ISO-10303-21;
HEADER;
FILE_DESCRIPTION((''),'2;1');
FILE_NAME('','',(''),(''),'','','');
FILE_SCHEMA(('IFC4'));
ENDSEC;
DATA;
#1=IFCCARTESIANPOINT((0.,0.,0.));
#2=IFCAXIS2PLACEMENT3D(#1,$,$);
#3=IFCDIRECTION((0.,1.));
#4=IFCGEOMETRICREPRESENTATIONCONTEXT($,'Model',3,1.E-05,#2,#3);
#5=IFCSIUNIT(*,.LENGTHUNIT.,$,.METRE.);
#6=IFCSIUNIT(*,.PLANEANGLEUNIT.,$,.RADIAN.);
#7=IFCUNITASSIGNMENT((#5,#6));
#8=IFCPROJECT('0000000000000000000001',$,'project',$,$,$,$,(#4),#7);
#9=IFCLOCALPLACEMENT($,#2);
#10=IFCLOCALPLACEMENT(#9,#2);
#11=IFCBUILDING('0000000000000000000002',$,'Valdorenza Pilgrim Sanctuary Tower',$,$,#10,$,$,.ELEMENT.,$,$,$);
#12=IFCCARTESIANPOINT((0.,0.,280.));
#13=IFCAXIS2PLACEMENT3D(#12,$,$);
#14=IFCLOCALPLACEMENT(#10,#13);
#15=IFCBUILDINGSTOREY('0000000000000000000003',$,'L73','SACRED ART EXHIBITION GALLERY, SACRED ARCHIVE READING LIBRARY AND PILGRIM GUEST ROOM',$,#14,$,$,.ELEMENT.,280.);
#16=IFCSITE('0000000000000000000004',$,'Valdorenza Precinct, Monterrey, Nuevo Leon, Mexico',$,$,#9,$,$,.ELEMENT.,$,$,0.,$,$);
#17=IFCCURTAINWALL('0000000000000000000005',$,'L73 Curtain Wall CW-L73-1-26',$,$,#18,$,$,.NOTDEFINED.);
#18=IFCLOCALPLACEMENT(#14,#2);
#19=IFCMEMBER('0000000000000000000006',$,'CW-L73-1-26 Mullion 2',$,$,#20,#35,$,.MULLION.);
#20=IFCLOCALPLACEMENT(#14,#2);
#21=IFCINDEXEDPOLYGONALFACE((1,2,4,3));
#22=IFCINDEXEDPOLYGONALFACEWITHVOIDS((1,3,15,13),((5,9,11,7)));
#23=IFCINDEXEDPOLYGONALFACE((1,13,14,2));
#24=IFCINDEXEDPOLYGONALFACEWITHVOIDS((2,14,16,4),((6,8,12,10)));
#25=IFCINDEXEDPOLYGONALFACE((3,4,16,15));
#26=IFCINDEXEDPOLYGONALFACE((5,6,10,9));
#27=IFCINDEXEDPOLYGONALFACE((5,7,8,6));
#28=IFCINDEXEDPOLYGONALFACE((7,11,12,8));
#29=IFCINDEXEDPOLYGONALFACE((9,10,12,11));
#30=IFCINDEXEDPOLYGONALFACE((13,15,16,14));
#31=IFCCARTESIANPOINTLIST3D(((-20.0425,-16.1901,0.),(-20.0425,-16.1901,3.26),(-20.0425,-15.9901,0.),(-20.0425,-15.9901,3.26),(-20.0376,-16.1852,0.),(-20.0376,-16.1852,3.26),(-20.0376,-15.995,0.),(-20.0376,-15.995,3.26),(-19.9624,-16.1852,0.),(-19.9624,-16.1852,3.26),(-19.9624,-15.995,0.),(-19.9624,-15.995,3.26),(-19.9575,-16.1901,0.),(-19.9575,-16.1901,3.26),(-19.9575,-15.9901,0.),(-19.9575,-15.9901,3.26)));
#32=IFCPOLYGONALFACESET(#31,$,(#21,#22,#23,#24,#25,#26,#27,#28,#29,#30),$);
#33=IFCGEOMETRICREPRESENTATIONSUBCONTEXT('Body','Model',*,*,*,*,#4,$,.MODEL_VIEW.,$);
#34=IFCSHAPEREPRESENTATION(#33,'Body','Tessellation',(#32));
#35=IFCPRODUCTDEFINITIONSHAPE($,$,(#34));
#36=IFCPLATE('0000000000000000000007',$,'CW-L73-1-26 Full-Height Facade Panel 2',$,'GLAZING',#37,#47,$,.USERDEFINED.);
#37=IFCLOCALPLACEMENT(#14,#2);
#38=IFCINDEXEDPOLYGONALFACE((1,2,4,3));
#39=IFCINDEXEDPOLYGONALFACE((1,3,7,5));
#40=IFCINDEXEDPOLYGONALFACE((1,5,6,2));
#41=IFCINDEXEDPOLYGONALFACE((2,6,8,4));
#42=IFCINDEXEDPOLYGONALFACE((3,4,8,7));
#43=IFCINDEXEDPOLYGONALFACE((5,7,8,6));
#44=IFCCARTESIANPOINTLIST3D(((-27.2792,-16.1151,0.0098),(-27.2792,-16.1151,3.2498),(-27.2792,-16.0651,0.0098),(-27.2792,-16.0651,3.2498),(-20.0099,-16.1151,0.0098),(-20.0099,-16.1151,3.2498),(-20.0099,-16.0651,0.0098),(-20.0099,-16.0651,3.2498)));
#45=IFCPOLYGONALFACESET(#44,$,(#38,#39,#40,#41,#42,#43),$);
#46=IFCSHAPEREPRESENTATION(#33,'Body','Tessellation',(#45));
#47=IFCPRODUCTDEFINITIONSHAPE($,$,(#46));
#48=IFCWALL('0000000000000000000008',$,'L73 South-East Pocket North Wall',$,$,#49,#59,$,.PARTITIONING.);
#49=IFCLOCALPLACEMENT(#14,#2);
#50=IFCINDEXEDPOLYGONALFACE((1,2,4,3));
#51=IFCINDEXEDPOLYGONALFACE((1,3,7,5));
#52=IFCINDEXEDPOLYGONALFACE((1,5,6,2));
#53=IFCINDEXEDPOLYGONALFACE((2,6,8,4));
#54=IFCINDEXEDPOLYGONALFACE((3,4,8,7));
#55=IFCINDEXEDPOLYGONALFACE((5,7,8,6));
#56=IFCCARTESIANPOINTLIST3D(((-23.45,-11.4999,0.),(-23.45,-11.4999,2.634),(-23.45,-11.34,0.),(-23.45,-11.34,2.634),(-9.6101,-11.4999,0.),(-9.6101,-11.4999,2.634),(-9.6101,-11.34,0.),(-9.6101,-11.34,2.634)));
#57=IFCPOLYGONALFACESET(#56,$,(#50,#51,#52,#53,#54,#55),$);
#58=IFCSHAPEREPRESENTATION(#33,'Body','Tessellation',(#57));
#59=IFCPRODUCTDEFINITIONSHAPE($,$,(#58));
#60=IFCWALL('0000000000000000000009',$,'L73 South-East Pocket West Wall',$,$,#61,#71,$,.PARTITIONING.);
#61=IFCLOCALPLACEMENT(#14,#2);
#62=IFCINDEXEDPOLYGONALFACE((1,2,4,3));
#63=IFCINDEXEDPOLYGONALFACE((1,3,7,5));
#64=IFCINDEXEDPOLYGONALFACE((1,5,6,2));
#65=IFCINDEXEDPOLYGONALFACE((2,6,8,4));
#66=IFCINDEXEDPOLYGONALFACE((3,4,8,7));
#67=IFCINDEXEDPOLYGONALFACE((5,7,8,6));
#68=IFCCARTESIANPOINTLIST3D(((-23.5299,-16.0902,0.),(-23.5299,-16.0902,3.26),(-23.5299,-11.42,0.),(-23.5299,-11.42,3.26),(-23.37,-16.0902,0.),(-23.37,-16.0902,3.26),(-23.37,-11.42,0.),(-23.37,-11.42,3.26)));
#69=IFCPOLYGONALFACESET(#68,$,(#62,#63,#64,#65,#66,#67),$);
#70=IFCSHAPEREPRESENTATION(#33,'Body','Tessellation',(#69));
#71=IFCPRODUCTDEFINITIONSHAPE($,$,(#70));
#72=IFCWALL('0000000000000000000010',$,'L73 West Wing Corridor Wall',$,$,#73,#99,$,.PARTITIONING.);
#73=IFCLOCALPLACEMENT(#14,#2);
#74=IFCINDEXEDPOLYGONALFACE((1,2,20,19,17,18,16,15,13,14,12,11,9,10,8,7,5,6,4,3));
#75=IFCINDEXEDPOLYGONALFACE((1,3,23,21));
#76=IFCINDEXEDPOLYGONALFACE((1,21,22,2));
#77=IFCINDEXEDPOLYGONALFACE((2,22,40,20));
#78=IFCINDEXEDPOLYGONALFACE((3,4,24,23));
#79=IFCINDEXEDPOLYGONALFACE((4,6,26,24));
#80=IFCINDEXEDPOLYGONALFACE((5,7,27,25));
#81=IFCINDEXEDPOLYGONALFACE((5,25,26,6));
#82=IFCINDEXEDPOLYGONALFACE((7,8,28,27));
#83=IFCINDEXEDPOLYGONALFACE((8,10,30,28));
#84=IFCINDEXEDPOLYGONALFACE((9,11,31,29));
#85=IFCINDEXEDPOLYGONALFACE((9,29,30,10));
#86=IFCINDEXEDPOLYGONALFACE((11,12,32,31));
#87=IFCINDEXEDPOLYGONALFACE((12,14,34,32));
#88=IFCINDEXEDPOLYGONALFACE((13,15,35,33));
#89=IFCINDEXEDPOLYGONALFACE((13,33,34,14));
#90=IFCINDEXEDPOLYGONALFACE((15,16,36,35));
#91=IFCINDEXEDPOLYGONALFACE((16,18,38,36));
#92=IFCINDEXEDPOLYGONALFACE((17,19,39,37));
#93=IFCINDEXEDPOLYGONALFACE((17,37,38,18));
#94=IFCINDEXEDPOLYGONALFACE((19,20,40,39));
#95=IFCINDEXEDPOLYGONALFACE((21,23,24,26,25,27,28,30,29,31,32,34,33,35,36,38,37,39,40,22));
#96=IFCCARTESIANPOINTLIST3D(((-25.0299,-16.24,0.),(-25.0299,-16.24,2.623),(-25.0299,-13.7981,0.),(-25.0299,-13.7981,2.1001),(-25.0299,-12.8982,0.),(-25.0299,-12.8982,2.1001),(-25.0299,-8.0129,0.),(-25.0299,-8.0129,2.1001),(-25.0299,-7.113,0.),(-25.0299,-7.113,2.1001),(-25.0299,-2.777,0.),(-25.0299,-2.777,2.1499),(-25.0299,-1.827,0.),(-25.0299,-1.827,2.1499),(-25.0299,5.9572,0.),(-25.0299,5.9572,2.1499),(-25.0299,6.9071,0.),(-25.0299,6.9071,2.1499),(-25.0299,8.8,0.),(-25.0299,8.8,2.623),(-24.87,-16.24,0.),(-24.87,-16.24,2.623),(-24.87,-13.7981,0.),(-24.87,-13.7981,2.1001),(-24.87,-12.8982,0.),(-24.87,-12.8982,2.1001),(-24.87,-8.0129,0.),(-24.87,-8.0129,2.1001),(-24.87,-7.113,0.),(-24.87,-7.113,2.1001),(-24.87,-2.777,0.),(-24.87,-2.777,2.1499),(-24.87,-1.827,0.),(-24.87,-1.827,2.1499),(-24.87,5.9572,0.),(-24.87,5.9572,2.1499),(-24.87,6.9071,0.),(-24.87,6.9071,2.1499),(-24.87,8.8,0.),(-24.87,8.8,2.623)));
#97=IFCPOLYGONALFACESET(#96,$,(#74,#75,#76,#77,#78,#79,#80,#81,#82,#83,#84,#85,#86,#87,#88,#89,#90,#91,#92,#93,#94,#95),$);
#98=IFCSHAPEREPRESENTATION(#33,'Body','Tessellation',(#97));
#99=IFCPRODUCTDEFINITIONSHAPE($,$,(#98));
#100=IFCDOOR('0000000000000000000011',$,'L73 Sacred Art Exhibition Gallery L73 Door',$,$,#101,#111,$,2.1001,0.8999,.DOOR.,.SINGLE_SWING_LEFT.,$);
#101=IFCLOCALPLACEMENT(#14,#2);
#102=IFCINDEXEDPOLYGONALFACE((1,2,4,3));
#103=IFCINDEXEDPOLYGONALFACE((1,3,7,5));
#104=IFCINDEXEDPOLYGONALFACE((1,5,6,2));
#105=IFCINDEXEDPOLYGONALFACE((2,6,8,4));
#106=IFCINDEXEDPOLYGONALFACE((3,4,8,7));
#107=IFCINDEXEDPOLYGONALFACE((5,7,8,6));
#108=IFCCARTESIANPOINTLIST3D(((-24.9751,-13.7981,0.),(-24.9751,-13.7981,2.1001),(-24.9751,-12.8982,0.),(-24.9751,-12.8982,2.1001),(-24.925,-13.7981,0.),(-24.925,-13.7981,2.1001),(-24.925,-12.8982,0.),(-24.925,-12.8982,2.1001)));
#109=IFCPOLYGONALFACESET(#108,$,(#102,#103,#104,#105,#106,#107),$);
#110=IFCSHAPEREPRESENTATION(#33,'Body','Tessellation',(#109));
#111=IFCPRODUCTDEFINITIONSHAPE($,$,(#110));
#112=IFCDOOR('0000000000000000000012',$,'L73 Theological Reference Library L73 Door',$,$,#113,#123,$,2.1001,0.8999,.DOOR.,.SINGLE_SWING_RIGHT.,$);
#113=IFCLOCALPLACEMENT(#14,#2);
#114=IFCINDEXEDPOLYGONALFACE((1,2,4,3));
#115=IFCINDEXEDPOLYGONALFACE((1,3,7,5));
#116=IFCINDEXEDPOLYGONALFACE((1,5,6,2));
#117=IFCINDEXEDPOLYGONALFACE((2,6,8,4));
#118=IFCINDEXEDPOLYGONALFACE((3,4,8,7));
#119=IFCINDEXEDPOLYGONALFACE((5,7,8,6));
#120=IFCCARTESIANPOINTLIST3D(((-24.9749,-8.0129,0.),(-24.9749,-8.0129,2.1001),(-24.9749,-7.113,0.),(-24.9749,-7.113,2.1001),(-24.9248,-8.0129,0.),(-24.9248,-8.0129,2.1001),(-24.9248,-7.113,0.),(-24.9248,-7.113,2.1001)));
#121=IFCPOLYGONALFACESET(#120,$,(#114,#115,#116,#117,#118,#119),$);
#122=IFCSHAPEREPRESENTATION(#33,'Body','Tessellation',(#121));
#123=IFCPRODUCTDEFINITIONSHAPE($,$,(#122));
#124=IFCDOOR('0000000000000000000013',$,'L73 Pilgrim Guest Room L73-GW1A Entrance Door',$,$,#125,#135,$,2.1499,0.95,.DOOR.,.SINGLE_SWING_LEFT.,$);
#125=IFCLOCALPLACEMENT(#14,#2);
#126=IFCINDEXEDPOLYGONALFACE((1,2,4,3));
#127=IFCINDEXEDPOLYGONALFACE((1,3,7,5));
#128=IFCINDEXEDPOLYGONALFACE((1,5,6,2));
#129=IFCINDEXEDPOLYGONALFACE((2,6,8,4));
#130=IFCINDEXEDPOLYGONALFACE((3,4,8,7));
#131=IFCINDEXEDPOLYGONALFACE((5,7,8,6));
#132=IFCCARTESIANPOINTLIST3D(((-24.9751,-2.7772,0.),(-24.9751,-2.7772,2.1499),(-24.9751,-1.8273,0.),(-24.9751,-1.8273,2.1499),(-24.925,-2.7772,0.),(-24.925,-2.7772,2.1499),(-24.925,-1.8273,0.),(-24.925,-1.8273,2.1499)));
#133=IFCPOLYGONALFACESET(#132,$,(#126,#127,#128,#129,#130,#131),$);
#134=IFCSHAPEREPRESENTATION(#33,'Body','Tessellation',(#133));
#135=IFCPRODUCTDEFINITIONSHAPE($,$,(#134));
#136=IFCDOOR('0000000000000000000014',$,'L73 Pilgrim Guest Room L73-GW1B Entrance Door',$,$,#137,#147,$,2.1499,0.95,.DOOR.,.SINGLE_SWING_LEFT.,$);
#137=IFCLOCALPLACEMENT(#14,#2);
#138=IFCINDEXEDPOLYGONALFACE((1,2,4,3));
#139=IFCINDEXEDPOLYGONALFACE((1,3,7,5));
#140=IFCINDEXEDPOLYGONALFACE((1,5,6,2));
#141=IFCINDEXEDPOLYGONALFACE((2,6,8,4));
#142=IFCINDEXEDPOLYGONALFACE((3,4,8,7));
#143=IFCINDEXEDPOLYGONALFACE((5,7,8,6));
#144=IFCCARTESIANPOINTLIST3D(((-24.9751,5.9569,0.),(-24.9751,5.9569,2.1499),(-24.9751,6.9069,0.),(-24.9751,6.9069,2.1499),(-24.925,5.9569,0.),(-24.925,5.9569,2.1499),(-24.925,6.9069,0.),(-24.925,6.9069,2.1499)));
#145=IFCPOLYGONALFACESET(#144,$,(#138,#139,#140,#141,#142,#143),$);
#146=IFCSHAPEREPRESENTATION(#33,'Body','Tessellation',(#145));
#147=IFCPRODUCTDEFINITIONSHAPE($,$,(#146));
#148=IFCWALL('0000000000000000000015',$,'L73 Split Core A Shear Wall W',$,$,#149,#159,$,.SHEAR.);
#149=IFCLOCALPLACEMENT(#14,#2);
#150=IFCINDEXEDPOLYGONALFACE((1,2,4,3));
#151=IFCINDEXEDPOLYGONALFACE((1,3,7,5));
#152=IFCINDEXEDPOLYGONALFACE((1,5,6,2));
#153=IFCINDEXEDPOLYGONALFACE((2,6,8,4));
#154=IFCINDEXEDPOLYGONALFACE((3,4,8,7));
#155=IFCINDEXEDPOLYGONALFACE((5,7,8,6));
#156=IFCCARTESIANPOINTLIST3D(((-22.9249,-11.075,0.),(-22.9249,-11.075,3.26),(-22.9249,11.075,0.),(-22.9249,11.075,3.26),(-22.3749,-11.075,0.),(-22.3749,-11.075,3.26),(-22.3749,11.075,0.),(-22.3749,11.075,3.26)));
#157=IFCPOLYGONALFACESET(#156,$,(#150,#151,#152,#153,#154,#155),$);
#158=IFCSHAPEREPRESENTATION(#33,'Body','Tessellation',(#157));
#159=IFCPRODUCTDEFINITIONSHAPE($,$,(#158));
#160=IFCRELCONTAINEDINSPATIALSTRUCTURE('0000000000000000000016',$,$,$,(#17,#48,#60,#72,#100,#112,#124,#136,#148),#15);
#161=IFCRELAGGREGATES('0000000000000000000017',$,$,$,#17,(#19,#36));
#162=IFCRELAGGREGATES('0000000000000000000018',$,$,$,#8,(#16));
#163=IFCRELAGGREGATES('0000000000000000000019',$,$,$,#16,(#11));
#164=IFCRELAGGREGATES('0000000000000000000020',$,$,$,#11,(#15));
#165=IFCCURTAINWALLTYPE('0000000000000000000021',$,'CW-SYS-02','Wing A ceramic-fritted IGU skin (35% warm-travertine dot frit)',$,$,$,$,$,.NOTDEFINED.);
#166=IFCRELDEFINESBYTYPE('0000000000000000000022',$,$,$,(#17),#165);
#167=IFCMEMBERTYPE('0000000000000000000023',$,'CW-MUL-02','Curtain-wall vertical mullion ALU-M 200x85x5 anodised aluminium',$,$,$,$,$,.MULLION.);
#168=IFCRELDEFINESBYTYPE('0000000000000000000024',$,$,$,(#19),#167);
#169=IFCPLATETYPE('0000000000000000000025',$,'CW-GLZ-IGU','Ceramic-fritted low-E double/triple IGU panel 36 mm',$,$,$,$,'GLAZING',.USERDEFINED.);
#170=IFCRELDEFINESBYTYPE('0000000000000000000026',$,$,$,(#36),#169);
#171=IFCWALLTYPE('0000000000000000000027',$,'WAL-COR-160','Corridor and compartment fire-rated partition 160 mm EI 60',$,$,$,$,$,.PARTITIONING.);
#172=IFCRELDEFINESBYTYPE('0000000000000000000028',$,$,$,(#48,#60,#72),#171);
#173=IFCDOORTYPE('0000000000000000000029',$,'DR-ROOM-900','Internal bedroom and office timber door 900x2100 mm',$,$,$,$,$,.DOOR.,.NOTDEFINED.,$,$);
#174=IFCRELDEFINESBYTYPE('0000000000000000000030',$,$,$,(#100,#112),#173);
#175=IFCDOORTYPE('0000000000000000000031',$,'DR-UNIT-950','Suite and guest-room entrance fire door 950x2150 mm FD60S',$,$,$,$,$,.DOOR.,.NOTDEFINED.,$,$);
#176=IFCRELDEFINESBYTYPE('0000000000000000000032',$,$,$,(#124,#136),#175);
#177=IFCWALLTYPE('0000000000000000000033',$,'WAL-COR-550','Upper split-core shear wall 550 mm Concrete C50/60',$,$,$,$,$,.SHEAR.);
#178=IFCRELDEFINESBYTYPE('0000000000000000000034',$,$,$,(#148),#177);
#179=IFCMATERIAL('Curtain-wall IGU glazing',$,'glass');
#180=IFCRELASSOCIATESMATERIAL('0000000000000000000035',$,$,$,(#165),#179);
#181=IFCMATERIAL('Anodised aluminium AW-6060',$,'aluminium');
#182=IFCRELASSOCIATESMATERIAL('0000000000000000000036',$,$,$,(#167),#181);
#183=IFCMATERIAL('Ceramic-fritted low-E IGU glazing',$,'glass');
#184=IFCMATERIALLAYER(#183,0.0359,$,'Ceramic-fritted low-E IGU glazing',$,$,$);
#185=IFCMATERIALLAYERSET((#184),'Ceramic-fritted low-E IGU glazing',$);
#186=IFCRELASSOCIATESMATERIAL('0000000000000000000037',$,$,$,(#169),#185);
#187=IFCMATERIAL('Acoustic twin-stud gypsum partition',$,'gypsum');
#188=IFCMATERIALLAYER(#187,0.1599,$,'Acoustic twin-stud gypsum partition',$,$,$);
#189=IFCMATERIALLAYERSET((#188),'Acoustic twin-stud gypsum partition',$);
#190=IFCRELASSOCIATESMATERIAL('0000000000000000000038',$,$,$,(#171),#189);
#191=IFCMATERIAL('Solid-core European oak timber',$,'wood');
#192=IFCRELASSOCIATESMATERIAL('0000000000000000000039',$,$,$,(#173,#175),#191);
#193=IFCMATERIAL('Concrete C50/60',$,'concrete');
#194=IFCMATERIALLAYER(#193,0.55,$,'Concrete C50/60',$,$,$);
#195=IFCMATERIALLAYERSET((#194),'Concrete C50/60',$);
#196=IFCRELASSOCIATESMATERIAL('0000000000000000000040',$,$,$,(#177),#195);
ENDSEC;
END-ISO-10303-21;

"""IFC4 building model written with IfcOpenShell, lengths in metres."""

from ifc_helpers import new_model, si_unit, direction, frame, frame_2d, origin, origin_2d, place, context, subcontext, project, spatial, rectangle, hollow_rectangle, extrude, source, transform, mapped, material, layer, layer_set, material_profile, profile_set, type_object, element, fill, aggregate, save


model = new_model("IFC4")

# Units and contexts
model_context = context("Model", 3, precision=1e-05, world=origin(), true_north=direction((0.0, 1.0)))
body_context = subcontext(model_context, "Body", "Model", "MODEL_VIEW")
ifc_project = project(units=[si_unit("LENGTHUNIT", "METRE"), si_unit("PLANEANGLEUNIT", "RADIAN")], contexts=[model_context])

# Site, building, storey
site_placement = place(None, origin())
site = spatial("IfcSite", under=ifc_project, at=site_placement, Name="Valdorenza Precinct, Monterrey, Nuevo Leon, Mexico", CompositionType="ELEMENT", RefElevation=0.0)
building_placement = place(site_placement, origin())
building = spatial("IfcBuilding", under=site, at=building_placement, Name="Valdorenza Pilgrim Sanctuary Tower", CompositionType="ELEMENT")
storey_placement = place(building_placement, frame((0.0, 0.0, 280.0)))
storey = spatial("IfcBuildingStorey", under=building, at=storey_placement, Name="L73", Description="SACRED ART EXHIBITION GALLERY, SACRED ARCHIVE READING LIBRARY AND PILGRIM GUEST ROOM", CompositionType="ELEMENT", Elevation=280.0)

# Shared definitions
ifc_material_1 = material(Name="Concrete C50/60", Category="concrete")

# Curtain wall, member, plate
ifc_material_2 = material(Name="Curtain-wall IGU glazing", Category="glass")
curtain_wall_type = type_object("IfcCurtainWallType", Name="CW-SYS-02", Description="Wing A ceramic-fritted IGU skin (35% warm-travertine dot frit)", PredefinedType="NOTDEFINED", material=ifc_material_2)
curtain_wall_placement = place(storey_placement, origin())
curtain_wall = element("IfcCurtainWall", 1, at=curtain_wall_placement, inside=storey, type_object=curtain_wall_type, Name="L73 Curtain Wall CW-L73-1-26", PredefinedType="NOTDEFINED")
ifc_material_3 = material(Name="Anodised aluminium AW-6060", Category="aluminium")
ifc_material_profile_1 = material_profile(ifc_material_3, hollow_rectangle(XDim=0.085, YDim=0.2, WallThickness=0.0049, at=origin_2d()), Name="ALU-M 200x85x5")
ifc_profile_set_1 = profile_set([ifc_material_profile_1], Name="Anodised aluminium AW-6060")
member_type = type_object("IfcMemberType", Name="CW-MUL-02", Description="Curtain-wall vertical mullion ALU-M 200x85x5 anodised aluminium", PredefinedType="MULLION", material=ifc_profile_set_1)
shared_shape_1 = source(origin(), body_context, "Body", "SweptSolid", [
    extrude(hollow_rectangle(XDim=0.085, YDim=0.2, WallThickness=0.0049, at=origin_2d()), origin(), (0.0, 0.0, 1.0), 3.26),
])
member_placement = place(storey_placement, frame((-20.0, -16.0901, 0.0), z_axis=(0.0, 0.0, 1.0), x_axis=(-1.0, 0.0, 0.0)))
member = element("IfcMember", 2, at=member_placement, type_object=member_type, Name="CW-L73-1-26 Mullion 2", PredefinedType="MULLION", context=body_context, shape_type="MappedRepresentation", body=[
    mapped(shared_shape_1, transform((0.0, 0.0, 0.0), x_axis=(1.0, 0.0, 0.0), y_axis=(0.0, 1.0, 0.0), z_axis=(0.0, 0.0, 1.0), scale=1.0)),
])
ifc_material_4 = material(Name="Ceramic-fritted low-E IGU glazing", Category="glass")
ifc_layer_1 = layer(ifc_material_4, 0.0359, Name="Ceramic-fritted low-E IGU glazing")
ifc_layer_set_1 = layer_set([ifc_layer_1], Name="Ceramic-fritted low-E IGU glazing")
plate_type = type_object("IfcPlateType", Name="CW-GLZ-IGU", Description="Ceramic-fritted low-E double/triple IGU panel 36 mm", ElementType="GLAZING", PredefinedType="USERDEFINED", material=ifc_layer_set_1)
shared_shape_2 = source(origin(), body_context, "Body", "SweptSolid", [
    extrude(rectangle(XDim=7.2693, YDim=0.05, at=origin_2d()), origin(), (0.0, 0.0, 1.0), 3.24),
])
plate_placement = place(storey_placement, frame((-23.6445, -16.0901, 0.0098), z_axis=(0.0, 0.0, 1.0), x_axis=(-1.0, 0.0, 0.0)))
plate = element("IfcPlate", 3, at=plate_placement, type_object=plate_type, Name="CW-L73-1-26 Full-Height Facade Panel 2", ObjectType="GLAZING", PredefinedType="USERDEFINED", context=body_context, shape_type="MappedRepresentation", body=[
    mapped(shared_shape_2, transform((0.0, 0.0, 0.0), x_axis=(1.0, 0.0, 0.0), y_axis=(0.0, 1.0, 0.0), z_axis=(0.0, 0.0, 1.0), scale=1.0)),
])
aggregate(curtain_wall, [member, plate])

# Walls
ifc_material_5 = material(Name="Acoustic twin-stud gypsum partition", Category="gypsum")
ifc_layer_2 = layer(ifc_material_5, 0.1599, Name="Acoustic twin-stud gypsum partition")
ifc_layer_set_2 = layer_set([ifc_layer_2], Name="Acoustic twin-stud gypsum partition")
wall_type_1 = type_object("IfcWallType", Name="WAL-COR-160", Description="Corridor and compartment fire-rated partition 160 mm EI 60", PredefinedType="PARTITIONING", material=ifc_layer_set_2)
wall_1_placement = place(storey_placement, frame((-23.45, -11.4199, 0.0), z_axis=(0.0, 0.0, 1.0), x_axis=(1.0, 0.0, 0.0)))
element("IfcWall", 4, at=wall_1_placement, inside=storey, type_object=wall_type_1, Name="L73 South-East Pocket North Wall", PredefinedType="PARTITIONING", context=body_context, shape_type="SweptSolid", body=[
    extrude(rectangle(XDim=13.8398, YDim=0.1599, at=frame_2d((6.9199, 0.0))), origin(), (0.0, 0.0, 1.0), 2.634),
])
wall_2_placement = place(storey_placement, frame((-23.45, -16.0901, 0.0), z_axis=(0.0, 0.0, 1.0), x_axis=(0.0, 1.0, 0.0)))
element("IfcWall", 5, at=wall_2_placement, inside=storey, type_object=wall_type_1, Name="L73 South-East Pocket West Wall", PredefinedType="PARTITIONING", context=body_context, shape_type="SweptSolid", body=[
    extrude(rectangle(XDim=4.6702, YDim=0.1599, at=frame_2d((2.335, 0.0))), origin(), (0.0, 0.0, 1.0), 3.26),
])

# Wall, openings, doors
wall_3_placement = place(storey_placement, frame((-24.95, -16.24, 0.0), z_axis=(0.0, 0.0, 1.0), x_axis=(0.0, 1.0, 0.0)))
wall_3 = element("IfcWall", 6, at=wall_3_placement, inside=storey, type_object=wall_type_1, Name="L73 West Wing Corridor Wall", PredefinedType="PARTITIONING", context=body_context, shape_type="SweptSolid", body=[
    extrude(rectangle(XDim=25.04, YDim=0.1599, at=frame_2d((12.52, 0.0))), origin(), (0.0, 0.0, 1.0), 2.623),
])
opening_1_placement = place(wall_3_placement, frame((2.4419, 0.0, 0.0)))
opening_1 = element("IfcOpeningElement", 7, at=opening_1_placement, cuts=wall_3, PredefinedType="OPENING", context=body_context, shape_type="SweptSolid", body=[
    extrude(rectangle(XDim=0.8999, YDim=2.1001, at=frame_2d((0.45, 1.05))), frame((0.0, 0.0947, 0.0), z_axis=(0.0, -1.0, 0.0), x_axis=(1.0, 0.0, 0.0)), (0.0, 0.0, 1.0), 0.1897),
])
opening_2_placement = place(wall_3_placement, frame((8.2271, 0.0, 0.0)))
opening_2 = element("IfcOpeningElement", 8, at=opening_2_placement, cuts=wall_3, PredefinedType="OPENING", context=body_context, shape_type="SweptSolid", body=[
    extrude(rectangle(XDim=0.8999, YDim=2.1001, at=frame_2d((0.45, 1.05))), frame((0.0, 0.0947, 0.0), z_axis=(0.0, -1.0, 0.0), x_axis=(1.0, 0.0, 0.0)), (0.0, 0.0, 1.0), 0.1897),
])
opening_3_placement = place(wall_3_placement, frame((13.4629, 0.0, 0.0)))
opening_3 = element("IfcOpeningElement", 9, at=opening_3_placement, cuts=wall_3, PredefinedType="OPENING", context=body_context, shape_type="SweptSolid", body=[
    extrude(rectangle(XDim=0.95, YDim=2.1499, at=frame_2d((0.4751, 1.075))), frame((0.0, 0.0947, 0.0), z_axis=(0.0, -1.0, 0.0), x_axis=(1.0, 0.0, 0.0)), (0.0, 0.0, 1.0), 0.1897),
])
opening_4_placement = place(wall_3_placement, frame((22.197, 0.0, 0.0)))
opening_4 = element("IfcOpeningElement", 10, at=opening_4_placement, cuts=wall_3, PredefinedType="OPENING", context=body_context, shape_type="SweptSolid", body=[
    extrude(rectangle(XDim=0.95, YDim=2.1499, at=frame_2d((0.4751, 1.075))), frame((0.0, 0.0947, 0.0), z_axis=(0.0, -1.0, 0.0), x_axis=(1.0, 0.0, 0.0)), (0.0, 0.0, 1.0), 0.1897),
])
ifc_material_6 = material(Name="Solid-core European oak timber", Category="wood")
door_type_1 = type_object("IfcDoorType", Name="DR-ROOM-900", Description="Internal bedroom and office timber door 900x2100 mm", OperationType="NOTDEFINED", PredefinedType="DOOR", material=ifc_material_6)
door_1_placement = place(opening_1_placement, frame((0.8999, 0.0, 0.0), z_axis=(0.0, 0.0, 1.0), x_axis=(-1.0, 0.0, 0.0)))
door_1 = element("IfcDoor", 11, at=door_1_placement, inside=storey, type_object=door_type_1, Name="L73 Sacred Art Exhibition Gallery L73 Door", OperationType="SINGLE_SWING_LEFT", OverallHeight=2.1001, OverallWidth=0.8999, PredefinedType="DOOR", context=body_context, shape_type="SweptSolid", body=[
    extrude(rectangle(XDim=0.8999, YDim=2.1001, at=frame_2d((0.45, 1.05))), frame((0.0, 0.0249, 0.0), z_axis=(0.0, -1.0, 0.0), x_axis=(1.0, 0.0, 0.0)), (0.0, 0.0, 1.0), 0.05),
])
fill(opening_1, door_1)
door_2_placement = place(opening_2_placement, origin())
door_2 = element("IfcDoor", 12, at=door_2_placement, inside=storey, type_object=door_type_1, Name="L73 Theological Reference Library L73 Door", OperationType="SINGLE_SWING_RIGHT", OverallHeight=2.1001, OverallWidth=0.8999, PredefinedType="DOOR", context=body_context, shape_type="SweptSolid", body=[
    extrude(rectangle(XDim=0.8999, YDim=2.1001, at=frame_2d((0.45, 1.05))), frame((0.0, 0.0249, 0.0), z_axis=(0.0, -1.0, 0.0), x_axis=(1.0, 0.0, 0.0)), (0.0, 0.0, 1.0), 0.05),
])
fill(opening_2, door_2)
door_type_2 = type_object("IfcDoorType", Name="DR-UNIT-950", Description="Suite and guest-room entrance fire door 950x2150 mm FD60S", OperationType="NOTDEFINED", PredefinedType="DOOR", material=ifc_material_6)
door_3_placement = place(opening_3_placement, frame((0.95, 0.0, 0.0), z_axis=(0.0, 0.0, 1.0), x_axis=(-1.0, 0.0, 0.0)))
door_3 = element("IfcDoor", 13, at=door_3_placement, inside=storey, type_object=door_type_2, Name="L73 Pilgrim Guest Room L73-GW1A Entrance Door", OperationType="SINGLE_SWING_LEFT", OverallHeight=2.1499, OverallWidth=0.95, PredefinedType="DOOR", context=body_context, shape_type="SweptSolid", body=[
    extrude(rectangle(XDim=0.95, YDim=2.1499, at=frame_2d((0.4751, 1.075))), frame((0.0, 0.0249, 0.0), z_axis=(0.0, -1.0, 0.0), x_axis=(1.0, 0.0, 0.0)), (0.0, 0.0, 1.0), 0.05),
])
fill(opening_3, door_3)
door_4_placement = place(opening_4_placement, frame((0.95, 0.0, 0.0), z_axis=(0.0, 0.0, 1.0), x_axis=(-1.0, 0.0, 0.0)))
door_4 = element("IfcDoor", 14, at=door_4_placement, inside=storey, type_object=door_type_2, Name="L73 Pilgrim Guest Room L73-GW1B Entrance Door", OperationType="SINGLE_SWING_LEFT", OverallHeight=2.1499, OverallWidth=0.95, PredefinedType="DOOR", context=body_context, shape_type="SweptSolid", body=[
    extrude(rectangle(XDim=0.95, YDim=2.1499, at=frame_2d((0.4751, 1.075))), frame((0.0, 0.0249, 0.0), z_axis=(0.0, -1.0, 0.0), x_axis=(1.0, 0.0, 0.0)), (0.0, 0.0, 1.0), 0.05),
])
fill(opening_4, door_4)

# Wall
ifc_layer_3 = layer(ifc_material_1, 0.55, Name="Concrete C50/60")
ifc_layer_set_3 = layer_set([ifc_layer_3], Name="Concrete C50/60")
wall_type_2 = type_object("IfcWallType", Name="WAL-COR-550", Description="Upper split-core shear wall 550 mm Concrete C50/60", PredefinedType="SHEAR", material=ifc_layer_set_3)
wall_4_placement = place(storey_placement, frame((-22.6499, -11.075, 0.0), z_axis=(0.0, 0.0, 1.0), x_axis=(0.0, 1.0, 0.0)))
element("IfcWall", 15, at=wall_4_placement, inside=storey, type_object=wall_type_2, Name="L73 Split Core A Shear Wall W", PredefinedType="SHEAR", context=body_context, shape_type="SweptSolid", body=[
    extrude(rectangle(XDim=22.1499, YDim=0.55, at=frame_2d((11.075, 0.0))), origin(), (0.0, 0.0, 1.0), 3.26),
])

save(model, "model.ifc")
